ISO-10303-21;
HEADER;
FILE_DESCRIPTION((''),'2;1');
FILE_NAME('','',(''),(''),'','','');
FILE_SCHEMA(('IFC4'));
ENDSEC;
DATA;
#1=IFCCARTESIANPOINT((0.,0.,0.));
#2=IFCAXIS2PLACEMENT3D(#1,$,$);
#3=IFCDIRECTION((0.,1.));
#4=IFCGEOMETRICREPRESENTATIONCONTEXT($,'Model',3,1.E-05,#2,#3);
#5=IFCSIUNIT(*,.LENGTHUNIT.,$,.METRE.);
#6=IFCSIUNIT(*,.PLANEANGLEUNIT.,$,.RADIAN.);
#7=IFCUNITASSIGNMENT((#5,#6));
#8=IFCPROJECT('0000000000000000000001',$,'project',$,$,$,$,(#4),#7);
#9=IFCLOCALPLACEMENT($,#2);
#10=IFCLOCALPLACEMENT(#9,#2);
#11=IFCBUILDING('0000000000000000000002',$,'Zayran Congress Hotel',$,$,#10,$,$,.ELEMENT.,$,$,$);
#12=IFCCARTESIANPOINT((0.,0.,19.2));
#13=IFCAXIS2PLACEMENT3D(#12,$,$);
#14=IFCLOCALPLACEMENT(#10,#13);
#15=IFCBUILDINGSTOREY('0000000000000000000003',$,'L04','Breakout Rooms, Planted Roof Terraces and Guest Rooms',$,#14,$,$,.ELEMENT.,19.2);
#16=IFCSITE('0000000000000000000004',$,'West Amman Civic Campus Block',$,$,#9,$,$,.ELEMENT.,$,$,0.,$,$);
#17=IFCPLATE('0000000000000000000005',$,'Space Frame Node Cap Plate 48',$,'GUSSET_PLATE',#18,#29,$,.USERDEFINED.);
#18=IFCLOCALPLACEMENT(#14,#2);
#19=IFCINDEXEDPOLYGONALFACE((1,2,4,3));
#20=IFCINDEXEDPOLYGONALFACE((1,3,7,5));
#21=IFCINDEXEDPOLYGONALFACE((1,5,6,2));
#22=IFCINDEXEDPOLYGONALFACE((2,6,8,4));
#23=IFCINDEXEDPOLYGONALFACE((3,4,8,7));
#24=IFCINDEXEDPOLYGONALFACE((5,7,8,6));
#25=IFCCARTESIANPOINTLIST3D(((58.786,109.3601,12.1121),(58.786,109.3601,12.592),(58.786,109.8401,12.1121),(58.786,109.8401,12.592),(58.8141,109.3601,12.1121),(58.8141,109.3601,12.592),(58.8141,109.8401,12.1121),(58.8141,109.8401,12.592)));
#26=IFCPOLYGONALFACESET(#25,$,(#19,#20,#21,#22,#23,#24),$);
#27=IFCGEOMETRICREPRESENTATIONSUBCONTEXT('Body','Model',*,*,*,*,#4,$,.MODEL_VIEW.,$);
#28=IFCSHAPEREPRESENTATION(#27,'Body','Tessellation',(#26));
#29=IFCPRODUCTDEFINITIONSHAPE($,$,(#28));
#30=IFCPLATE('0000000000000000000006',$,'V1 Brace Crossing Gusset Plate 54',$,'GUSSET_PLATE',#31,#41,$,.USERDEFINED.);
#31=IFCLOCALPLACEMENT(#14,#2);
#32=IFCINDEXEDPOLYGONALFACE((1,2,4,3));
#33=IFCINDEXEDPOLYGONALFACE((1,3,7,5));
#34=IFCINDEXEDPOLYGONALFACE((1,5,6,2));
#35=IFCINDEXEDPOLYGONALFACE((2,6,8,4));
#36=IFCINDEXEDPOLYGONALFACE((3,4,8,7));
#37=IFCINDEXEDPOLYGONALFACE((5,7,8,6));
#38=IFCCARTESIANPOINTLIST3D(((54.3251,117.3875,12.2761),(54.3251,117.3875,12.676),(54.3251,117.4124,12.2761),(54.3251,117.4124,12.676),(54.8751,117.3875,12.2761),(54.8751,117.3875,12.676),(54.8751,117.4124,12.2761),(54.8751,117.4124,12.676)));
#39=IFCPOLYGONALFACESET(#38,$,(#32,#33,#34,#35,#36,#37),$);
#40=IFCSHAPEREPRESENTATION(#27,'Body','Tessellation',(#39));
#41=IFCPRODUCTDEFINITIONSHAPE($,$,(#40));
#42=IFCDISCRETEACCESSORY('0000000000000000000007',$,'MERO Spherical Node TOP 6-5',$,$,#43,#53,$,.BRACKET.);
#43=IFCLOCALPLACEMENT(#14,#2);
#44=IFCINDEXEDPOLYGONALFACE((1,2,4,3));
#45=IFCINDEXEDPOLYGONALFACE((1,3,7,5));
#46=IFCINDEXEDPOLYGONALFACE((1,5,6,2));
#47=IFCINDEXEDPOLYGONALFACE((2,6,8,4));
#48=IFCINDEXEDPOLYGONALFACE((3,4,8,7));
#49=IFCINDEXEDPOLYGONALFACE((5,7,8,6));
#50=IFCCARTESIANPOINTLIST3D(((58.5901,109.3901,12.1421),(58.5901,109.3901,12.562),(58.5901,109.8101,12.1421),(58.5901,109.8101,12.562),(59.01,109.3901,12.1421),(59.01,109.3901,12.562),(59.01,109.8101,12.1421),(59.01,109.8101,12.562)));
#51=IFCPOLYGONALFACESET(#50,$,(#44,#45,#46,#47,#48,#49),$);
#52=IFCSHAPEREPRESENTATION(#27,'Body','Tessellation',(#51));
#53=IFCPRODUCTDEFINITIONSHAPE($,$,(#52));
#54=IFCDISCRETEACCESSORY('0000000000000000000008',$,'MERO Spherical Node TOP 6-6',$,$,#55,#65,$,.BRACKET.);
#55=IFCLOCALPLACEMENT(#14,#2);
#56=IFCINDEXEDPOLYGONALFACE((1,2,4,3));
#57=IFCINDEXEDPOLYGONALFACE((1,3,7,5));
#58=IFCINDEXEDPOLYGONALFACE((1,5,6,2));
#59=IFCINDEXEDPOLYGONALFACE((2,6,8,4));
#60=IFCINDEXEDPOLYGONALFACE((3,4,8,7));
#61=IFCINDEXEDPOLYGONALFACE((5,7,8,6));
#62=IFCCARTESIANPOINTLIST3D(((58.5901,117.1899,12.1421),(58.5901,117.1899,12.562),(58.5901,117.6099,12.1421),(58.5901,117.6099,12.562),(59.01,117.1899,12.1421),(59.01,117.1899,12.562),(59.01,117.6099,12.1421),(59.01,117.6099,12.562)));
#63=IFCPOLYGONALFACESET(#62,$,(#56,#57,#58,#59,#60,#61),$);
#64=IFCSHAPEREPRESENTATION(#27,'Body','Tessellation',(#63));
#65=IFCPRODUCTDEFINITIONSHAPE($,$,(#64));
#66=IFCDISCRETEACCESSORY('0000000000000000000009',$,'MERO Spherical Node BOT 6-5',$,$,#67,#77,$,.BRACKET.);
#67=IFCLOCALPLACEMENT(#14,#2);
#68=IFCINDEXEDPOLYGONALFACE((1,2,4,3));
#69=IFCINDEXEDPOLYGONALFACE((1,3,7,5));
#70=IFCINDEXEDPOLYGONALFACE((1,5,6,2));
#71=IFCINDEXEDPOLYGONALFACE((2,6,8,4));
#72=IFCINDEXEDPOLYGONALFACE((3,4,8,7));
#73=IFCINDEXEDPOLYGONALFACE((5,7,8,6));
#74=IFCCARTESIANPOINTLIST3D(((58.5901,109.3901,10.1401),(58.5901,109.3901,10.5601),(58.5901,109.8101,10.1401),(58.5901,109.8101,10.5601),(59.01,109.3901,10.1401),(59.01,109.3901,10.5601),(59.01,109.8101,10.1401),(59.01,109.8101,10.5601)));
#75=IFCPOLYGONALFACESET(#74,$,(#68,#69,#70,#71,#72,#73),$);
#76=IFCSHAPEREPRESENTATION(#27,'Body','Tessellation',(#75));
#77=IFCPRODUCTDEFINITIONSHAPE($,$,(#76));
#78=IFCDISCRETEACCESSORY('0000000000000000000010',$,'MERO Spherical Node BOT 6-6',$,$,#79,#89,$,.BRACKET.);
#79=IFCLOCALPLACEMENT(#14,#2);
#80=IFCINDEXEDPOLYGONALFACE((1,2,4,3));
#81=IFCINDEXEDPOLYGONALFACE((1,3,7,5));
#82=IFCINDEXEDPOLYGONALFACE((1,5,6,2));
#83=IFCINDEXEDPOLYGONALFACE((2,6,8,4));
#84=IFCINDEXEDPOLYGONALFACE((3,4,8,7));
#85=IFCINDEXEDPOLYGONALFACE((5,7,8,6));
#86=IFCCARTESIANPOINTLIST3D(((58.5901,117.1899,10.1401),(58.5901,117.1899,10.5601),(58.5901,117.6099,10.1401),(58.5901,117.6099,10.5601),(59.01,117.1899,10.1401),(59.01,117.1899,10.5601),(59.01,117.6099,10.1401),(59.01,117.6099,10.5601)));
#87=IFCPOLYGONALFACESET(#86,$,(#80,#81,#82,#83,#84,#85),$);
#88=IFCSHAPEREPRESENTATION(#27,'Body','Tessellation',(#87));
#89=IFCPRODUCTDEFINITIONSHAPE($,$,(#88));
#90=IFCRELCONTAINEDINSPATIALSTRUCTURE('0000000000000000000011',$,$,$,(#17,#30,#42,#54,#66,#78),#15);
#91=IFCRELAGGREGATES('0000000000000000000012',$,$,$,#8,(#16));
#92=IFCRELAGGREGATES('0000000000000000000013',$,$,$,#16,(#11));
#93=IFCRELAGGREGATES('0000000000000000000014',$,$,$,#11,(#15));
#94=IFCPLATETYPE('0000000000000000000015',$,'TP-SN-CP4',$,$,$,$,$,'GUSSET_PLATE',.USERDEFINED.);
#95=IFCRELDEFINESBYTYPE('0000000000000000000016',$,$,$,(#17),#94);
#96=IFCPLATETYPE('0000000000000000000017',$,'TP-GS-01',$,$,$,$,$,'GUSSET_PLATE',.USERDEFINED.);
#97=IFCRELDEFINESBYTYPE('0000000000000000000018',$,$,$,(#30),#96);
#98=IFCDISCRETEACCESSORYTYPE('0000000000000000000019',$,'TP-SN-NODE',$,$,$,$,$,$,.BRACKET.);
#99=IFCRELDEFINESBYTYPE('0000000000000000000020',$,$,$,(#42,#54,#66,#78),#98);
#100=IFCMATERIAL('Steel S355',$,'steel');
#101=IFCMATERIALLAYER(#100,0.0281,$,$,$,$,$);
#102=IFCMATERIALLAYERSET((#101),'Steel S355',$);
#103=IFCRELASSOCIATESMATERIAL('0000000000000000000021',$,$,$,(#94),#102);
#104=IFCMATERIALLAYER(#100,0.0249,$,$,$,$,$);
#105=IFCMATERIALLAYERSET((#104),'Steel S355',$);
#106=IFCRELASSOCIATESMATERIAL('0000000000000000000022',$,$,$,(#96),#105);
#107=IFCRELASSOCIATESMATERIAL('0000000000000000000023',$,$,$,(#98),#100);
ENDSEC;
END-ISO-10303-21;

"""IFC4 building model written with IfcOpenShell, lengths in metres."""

from ifc_helpers import new_model, si_unit, direction, frame, origin, origin_2d, place, context, subcontext, project, spatial, rectangle, extrude, material, layer, layer_set, type_object, element, save


model = new_model("IFC4")

# Units and contexts
model_context = context("Model", 3, precision=1e-05, world=origin(), true_north=direction((0.0, 1.0)))
body_context = subcontext(model_context, "Body", "Model", "MODEL_VIEW")
ifc_project = project(units=[si_unit("LENGTHUNIT", "METRE"), si_unit("PLANEANGLEUNIT", "RADIAN")], contexts=[model_context])

# Site, building, storey
site_placement = place(None, origin())
site = spatial("IfcSite", under=ifc_project, at=site_placement, Name="West Amman Civic Campus Block", CompositionType="ELEMENT", RefElevation=0.0)
building_placement = place(site_placement, origin())
building = spatial("IfcBuilding", under=site, at=building_placement, Name="Zayran Congress Hotel", CompositionType="ELEMENT")
storey_placement = place(building_placement, frame((0.0, 0.0, 19.2)))
storey = spatial("IfcBuildingStorey", under=building, at=storey_placement, Name="L04", Description="Breakout Rooms, Planted Roof Terraces and Guest Rooms", CompositionType="ELEMENT", Elevation=19.2)

# Shared definitions
ifc_material_1 = material(Name="Steel S355", Category="steel")

# Plates
ifc_layer_1 = layer(ifc_material_1, 0.0281)
ifc_layer_set_1 = layer_set([ifc_layer_1], Name="Steel S355")
plate_type_1 = type_object("IfcPlateType", Name="TP-SN-CP4", ElementType="GUSSET_PLATE", PredefinedType="USERDEFINED", material=ifc_layer_set_1)
plate_1_placement = place(storey_placement, frame((58.8, 109.6001, 12.1121), z_axis=(0.0, 0.0, 1.0), x_axis=(0.0, 1.0, 0.0)))
element("IfcPlate", 1, at=plate_1_placement, inside=storey, type_object=plate_type_1, Name="Space Frame Node Cap Plate 48", ObjectType="GUSSET_PLATE", PredefinedType="USERDEFINED", context=body_context, shape_type="SweptSolid", body=[
    extrude(rectangle(XDim=0.48, YDim=0.0281, at=origin_2d()), origin(), (0.0, 0.0, 1.0), 0.48),
])
ifc_layer_2 = layer(ifc_material_1, 0.0249)
ifc_layer_set_2 = layer_set([ifc_layer_2], Name="Steel S355")
plate_type_2 = type_object("IfcPlateType", Name="TP-GS-01", ElementType="GUSSET_PLATE", PredefinedType="USERDEFINED", material=ifc_layer_set_2)
plate_2_placement = place(storey_placement, frame((54.6001, 117.3999, 12.2761), z_axis=(0.0, 0.0, 1.0), x_axis=(1.0, 0.0, 0.0)))
element("IfcPlate", 2, at=plate_2_placement, inside=storey, type_object=plate_type_2, Name="V1 Brace Crossing Gusset Plate 54", ObjectType="GUSSET_PLATE", PredefinedType="USERDEFINED", context=body_context, shape_type="SweptSolid", body=[
    extrude(rectangle(XDim=0.55, YDim=0.0249, at=origin_2d()), origin(), (0.0, 0.0, 1.0), 0.3999),
])

# Discrete accessories
discrete_accessory_type = type_object("IfcDiscreteAccessoryType", Name="TP-SN-NODE", PredefinedType="BRACKET", material=ifc_material_1)
for number, where, z_axis, x_axis, name in (
    (3, (58.8, 109.6001, 12.1421), (0.0, 0.0, 1.0), (1.0, 0.0, 0.0), "MERO Spherical Node TOP 6-5"),
    (4, (58.8, 117.3999, 12.1421), (0.0, 0.0, 1.0), (1.0, 0.0, 0.0), "MERO Spherical Node TOP 6-6"),
    (5, (58.8, 109.6001, 10.1401), (0.0, 0.0, 1.0), (1.0, 0.0, 0.0), "MERO Spherical Node BOT 6-5"),
    (6, (58.8, 117.3999, 10.1401), (0.0, 0.0, 1.0), (1.0, 0.0, 0.0), "MERO Spherical Node BOT 6-6"),
):
    element("IfcDiscreteAccessory", number, at=place(storey_placement, frame(where, z_axis=z_axis, x_axis=x_axis)), inside=storey, type_object=discrete_accessory_type, Name=name, PredefinedType="BRACKET", context=body_context, shape_type="SweptSolid", body=[
        extrude(rectangle(XDim=0.4199, YDim=0.4199, at=origin_2d()), origin(), (0.0, 0.0, 1.0), 0.4199),
    ])

save(model, "model.ifc")
